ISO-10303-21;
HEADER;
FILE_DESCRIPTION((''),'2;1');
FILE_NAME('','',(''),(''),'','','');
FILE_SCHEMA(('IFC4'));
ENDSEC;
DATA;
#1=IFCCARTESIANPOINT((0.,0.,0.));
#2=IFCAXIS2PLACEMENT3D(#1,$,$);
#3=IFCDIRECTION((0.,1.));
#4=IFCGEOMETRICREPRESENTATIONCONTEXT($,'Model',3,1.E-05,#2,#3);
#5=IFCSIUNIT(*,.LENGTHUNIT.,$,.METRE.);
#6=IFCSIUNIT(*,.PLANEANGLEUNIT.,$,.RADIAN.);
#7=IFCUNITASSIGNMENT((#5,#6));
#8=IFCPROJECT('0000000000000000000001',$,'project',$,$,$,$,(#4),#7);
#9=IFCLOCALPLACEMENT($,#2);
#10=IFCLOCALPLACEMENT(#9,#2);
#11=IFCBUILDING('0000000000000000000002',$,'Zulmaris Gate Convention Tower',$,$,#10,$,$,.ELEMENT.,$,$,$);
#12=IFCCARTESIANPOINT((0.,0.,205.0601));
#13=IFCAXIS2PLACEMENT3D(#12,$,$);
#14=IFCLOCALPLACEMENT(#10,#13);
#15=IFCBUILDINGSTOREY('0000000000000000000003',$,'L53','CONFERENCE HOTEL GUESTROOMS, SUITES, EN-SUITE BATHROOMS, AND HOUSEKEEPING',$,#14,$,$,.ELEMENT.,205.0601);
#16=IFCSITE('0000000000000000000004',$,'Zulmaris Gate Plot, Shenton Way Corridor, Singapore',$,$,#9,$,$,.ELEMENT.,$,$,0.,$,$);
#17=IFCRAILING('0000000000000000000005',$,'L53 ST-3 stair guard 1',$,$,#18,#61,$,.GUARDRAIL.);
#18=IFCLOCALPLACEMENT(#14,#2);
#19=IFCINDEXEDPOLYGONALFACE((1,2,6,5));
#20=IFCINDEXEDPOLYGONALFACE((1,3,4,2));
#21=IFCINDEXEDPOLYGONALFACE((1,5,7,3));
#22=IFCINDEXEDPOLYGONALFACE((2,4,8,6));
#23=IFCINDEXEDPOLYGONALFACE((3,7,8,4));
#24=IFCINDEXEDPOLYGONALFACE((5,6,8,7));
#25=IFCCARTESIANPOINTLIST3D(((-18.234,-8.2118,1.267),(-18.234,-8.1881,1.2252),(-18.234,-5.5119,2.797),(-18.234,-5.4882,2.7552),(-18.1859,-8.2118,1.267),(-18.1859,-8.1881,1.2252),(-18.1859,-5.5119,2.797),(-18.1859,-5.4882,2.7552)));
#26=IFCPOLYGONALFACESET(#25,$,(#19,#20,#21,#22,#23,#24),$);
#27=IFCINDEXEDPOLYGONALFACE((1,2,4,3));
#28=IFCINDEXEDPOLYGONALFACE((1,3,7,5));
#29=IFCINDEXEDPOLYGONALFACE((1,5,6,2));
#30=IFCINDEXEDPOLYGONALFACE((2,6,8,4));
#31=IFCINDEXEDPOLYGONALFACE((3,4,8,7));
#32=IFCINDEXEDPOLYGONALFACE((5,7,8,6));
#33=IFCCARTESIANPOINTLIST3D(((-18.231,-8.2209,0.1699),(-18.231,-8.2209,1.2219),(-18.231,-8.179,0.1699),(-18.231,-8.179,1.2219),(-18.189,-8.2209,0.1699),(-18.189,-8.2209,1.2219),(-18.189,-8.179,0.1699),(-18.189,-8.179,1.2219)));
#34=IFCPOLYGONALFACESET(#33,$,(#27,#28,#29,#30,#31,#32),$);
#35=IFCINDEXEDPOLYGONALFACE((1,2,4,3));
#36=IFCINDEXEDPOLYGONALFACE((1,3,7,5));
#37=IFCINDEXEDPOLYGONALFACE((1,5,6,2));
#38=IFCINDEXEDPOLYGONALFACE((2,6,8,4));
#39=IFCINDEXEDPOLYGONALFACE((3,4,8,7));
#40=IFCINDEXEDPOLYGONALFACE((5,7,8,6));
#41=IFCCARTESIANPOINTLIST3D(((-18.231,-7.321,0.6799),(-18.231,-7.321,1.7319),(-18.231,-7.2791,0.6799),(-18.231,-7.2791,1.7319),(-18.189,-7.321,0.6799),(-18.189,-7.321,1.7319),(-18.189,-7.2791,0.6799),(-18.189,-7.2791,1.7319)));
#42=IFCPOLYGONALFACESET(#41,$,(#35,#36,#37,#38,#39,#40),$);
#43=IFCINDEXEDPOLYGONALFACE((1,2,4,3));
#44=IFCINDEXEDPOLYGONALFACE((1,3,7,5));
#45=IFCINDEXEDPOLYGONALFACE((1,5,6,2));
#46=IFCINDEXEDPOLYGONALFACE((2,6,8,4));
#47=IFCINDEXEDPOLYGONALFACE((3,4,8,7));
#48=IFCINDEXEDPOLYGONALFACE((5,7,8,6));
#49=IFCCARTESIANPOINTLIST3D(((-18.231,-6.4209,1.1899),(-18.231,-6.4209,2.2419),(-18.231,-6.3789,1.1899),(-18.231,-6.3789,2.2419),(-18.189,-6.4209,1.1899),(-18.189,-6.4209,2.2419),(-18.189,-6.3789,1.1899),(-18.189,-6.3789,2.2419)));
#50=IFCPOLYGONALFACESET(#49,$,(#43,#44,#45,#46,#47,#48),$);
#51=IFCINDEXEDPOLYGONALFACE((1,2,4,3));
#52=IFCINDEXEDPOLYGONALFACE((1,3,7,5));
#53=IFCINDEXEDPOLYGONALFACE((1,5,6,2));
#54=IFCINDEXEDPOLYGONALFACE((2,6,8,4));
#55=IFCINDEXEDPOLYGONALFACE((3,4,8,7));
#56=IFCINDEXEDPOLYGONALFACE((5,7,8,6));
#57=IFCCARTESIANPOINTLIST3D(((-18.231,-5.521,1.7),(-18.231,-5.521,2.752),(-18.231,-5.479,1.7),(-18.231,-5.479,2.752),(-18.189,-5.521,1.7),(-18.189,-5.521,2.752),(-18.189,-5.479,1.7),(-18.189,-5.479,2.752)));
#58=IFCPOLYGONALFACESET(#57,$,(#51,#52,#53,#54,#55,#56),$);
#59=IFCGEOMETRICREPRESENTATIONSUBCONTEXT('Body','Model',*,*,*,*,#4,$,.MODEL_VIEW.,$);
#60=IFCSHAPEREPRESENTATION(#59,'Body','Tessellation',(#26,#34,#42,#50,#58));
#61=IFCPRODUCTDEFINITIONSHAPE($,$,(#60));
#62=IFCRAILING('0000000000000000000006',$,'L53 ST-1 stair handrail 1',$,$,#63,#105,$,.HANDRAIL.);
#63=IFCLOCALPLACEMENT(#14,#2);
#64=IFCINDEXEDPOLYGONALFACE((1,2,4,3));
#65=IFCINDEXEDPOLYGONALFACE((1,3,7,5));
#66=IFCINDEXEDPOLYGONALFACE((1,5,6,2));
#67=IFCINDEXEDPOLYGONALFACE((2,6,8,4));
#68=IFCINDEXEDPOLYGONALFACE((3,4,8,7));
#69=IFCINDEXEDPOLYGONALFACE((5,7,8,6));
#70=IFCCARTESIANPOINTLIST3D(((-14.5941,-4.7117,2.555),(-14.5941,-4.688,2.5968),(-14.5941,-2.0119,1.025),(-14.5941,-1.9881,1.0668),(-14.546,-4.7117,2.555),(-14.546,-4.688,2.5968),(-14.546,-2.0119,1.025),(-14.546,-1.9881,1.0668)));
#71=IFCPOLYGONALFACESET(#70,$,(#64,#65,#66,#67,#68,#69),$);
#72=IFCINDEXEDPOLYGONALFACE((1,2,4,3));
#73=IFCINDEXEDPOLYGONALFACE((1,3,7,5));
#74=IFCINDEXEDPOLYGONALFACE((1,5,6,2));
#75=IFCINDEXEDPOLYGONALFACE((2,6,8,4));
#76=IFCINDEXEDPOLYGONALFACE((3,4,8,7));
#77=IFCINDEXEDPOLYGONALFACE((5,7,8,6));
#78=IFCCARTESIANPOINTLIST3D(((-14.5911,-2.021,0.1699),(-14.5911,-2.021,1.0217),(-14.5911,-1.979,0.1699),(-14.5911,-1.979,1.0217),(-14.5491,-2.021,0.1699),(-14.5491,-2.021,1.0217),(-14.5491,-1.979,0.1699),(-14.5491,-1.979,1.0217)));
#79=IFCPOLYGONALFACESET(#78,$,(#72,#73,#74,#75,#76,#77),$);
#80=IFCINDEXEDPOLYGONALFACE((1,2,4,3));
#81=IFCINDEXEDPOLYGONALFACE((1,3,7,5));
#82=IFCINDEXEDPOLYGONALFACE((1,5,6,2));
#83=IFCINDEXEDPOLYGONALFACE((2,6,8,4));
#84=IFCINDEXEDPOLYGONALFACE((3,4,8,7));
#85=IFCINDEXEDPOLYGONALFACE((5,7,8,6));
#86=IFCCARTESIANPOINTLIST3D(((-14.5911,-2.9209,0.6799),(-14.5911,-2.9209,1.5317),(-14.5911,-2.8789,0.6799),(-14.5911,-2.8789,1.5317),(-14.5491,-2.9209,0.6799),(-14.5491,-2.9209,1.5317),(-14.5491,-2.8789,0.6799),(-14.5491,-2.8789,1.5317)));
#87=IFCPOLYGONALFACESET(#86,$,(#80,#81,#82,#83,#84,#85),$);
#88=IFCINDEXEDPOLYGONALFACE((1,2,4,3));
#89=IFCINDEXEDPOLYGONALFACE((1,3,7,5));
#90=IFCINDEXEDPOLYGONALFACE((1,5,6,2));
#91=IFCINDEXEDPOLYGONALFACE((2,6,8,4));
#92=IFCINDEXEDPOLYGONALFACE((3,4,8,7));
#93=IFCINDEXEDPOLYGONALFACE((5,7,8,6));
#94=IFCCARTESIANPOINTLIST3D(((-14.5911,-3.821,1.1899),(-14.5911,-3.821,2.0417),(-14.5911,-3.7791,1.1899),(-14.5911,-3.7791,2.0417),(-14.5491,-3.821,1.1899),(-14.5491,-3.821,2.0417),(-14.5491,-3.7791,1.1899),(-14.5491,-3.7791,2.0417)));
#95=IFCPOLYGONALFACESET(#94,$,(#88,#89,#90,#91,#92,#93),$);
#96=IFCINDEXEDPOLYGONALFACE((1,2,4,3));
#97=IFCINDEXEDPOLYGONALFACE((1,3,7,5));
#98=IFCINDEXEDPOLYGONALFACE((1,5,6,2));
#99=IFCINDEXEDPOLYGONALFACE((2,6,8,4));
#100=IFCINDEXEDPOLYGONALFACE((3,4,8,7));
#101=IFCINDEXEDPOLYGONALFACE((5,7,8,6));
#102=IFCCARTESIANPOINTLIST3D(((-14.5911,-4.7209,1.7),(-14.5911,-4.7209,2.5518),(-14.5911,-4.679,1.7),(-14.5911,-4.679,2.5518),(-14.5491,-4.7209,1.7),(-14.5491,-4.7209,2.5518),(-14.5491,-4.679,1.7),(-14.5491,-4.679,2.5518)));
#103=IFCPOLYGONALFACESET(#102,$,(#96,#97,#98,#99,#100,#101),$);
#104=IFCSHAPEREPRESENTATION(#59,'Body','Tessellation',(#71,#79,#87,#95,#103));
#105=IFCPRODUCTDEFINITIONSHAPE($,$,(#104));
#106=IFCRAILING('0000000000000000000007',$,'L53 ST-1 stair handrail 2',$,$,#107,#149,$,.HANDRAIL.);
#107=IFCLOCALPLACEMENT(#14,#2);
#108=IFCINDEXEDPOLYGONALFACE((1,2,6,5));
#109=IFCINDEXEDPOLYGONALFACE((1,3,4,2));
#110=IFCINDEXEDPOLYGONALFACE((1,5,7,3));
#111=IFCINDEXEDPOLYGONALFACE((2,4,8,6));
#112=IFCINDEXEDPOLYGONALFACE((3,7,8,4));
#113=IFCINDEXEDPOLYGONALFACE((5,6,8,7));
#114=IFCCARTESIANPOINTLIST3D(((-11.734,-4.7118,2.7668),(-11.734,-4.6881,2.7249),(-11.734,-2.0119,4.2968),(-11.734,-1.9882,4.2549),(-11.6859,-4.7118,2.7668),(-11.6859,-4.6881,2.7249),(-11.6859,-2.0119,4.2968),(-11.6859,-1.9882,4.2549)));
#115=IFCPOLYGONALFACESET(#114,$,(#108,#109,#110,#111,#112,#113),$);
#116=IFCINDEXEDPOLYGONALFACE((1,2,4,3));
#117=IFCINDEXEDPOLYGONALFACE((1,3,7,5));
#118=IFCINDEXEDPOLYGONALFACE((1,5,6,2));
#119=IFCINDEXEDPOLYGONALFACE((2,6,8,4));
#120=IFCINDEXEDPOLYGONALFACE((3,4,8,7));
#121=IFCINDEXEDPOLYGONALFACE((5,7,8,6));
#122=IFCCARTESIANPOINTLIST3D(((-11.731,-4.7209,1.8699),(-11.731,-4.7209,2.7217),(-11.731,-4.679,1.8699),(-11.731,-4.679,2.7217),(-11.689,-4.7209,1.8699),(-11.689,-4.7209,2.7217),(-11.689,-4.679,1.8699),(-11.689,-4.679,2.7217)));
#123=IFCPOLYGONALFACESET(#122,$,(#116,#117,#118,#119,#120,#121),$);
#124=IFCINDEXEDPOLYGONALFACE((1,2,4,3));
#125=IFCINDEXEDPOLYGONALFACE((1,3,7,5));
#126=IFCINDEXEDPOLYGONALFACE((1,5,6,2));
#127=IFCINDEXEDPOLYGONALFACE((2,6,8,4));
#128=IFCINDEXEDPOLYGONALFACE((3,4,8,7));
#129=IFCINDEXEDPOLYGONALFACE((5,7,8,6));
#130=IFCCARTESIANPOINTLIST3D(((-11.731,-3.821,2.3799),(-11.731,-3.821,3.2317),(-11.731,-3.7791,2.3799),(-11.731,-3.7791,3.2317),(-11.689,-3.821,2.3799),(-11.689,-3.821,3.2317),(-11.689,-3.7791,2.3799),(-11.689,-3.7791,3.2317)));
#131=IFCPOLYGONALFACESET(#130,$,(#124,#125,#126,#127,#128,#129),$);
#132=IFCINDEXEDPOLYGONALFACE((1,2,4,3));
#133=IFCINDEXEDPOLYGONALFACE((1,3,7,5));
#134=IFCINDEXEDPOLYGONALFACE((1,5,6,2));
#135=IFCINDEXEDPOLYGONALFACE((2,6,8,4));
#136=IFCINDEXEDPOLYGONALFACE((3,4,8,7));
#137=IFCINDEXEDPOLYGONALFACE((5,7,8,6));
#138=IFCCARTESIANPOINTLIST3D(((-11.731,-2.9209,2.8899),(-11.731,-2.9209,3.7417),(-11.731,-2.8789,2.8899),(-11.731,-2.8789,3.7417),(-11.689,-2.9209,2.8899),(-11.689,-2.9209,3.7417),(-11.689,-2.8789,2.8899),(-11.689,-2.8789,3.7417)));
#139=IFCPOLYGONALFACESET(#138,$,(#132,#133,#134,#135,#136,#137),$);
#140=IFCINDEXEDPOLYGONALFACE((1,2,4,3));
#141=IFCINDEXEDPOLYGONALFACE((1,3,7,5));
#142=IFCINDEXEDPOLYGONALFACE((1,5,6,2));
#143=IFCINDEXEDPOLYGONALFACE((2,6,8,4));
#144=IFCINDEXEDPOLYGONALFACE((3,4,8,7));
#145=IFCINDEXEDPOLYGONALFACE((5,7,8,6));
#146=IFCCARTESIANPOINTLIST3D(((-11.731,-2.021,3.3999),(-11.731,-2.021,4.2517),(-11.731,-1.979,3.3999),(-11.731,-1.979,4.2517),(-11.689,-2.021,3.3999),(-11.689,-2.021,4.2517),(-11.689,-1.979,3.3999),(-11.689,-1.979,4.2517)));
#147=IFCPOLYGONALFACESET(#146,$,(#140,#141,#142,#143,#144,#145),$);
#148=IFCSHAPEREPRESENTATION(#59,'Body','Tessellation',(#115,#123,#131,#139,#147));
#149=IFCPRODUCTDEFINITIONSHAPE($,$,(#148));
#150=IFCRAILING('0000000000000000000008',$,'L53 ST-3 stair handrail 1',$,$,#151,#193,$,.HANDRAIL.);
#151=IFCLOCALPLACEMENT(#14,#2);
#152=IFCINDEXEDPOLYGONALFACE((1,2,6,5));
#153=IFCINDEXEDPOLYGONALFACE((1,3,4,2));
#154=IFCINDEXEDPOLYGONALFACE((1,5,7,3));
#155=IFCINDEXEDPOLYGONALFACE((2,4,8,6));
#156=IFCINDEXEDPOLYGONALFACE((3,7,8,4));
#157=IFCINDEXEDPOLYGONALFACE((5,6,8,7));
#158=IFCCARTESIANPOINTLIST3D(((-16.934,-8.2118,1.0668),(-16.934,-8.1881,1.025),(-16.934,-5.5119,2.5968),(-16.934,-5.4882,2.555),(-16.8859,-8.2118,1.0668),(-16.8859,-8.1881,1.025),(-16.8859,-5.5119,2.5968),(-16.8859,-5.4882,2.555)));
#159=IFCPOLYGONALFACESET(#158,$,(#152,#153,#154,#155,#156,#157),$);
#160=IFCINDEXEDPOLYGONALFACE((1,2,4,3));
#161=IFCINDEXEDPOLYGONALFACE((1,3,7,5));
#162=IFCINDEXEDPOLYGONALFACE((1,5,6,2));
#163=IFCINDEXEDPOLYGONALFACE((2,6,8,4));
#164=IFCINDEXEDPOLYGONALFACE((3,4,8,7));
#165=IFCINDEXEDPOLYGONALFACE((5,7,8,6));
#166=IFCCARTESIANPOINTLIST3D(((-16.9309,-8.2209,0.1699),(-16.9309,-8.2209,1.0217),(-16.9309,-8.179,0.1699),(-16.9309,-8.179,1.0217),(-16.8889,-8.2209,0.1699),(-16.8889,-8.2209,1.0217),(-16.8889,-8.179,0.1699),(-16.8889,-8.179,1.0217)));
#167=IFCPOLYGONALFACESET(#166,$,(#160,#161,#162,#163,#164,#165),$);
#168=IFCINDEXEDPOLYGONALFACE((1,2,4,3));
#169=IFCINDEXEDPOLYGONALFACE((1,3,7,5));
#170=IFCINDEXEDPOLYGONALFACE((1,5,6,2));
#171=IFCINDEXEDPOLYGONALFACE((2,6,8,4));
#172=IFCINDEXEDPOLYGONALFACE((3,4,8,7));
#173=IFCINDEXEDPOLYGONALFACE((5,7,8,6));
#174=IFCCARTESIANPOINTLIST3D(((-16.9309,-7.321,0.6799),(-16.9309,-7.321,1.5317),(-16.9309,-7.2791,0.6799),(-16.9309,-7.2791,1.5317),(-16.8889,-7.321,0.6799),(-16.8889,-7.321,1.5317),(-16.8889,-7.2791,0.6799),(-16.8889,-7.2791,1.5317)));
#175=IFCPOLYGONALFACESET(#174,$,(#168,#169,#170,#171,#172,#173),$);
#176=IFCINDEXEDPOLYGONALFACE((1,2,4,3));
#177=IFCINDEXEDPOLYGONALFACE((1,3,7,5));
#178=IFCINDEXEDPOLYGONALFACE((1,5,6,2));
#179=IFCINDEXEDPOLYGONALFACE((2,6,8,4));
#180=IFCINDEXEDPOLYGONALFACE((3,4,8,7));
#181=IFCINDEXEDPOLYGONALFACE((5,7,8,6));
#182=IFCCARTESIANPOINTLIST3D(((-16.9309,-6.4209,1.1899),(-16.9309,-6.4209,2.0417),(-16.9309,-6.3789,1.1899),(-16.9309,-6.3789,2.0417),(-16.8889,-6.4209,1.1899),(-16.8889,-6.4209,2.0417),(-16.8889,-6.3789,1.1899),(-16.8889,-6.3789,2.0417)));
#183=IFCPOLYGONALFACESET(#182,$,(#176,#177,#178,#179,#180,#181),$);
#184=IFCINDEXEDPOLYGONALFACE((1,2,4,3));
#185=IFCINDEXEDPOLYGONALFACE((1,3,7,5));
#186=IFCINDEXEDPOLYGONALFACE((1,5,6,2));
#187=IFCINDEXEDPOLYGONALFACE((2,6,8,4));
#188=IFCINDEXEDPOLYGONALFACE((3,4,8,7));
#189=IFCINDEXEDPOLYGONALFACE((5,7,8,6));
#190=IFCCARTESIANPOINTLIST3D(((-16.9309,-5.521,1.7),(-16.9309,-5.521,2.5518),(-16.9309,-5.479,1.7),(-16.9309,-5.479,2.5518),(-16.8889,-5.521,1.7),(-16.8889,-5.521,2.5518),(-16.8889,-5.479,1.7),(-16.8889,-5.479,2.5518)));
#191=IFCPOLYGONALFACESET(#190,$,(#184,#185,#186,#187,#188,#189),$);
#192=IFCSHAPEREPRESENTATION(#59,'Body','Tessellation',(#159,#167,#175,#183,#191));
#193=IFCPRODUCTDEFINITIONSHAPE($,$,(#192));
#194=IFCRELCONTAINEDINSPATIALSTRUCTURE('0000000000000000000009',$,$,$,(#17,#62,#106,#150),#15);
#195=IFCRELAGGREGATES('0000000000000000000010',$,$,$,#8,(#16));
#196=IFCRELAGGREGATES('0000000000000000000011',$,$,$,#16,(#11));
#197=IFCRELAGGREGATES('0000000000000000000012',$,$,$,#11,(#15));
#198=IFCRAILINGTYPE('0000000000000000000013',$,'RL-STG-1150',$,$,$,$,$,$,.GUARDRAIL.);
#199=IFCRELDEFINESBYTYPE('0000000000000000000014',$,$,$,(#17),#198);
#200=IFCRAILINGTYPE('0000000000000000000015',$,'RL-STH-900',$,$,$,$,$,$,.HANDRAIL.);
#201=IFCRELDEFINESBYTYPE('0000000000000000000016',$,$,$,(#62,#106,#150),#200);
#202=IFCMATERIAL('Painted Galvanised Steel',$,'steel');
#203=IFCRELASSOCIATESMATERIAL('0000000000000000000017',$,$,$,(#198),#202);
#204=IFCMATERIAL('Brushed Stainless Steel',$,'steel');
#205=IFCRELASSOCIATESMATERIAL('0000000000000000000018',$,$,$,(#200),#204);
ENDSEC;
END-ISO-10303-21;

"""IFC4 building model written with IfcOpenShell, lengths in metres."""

from ifc_helpers import new_model, si_unit, direction, frame, origin, origin_2d, place, context, subcontext, project, spatial, rectangle, extrude, material, type_object, element, save


model = new_model("IFC4")

# Units and contexts
model_context = context("Model", 3, precision=1e-05, world=origin(), true_north=direction((0.0, 1.0)))
body_context = subcontext(model_context, "Body", "Model", "MODEL_VIEW")
ifc_project = project(units=[si_unit("LENGTHUNIT", "METRE"), si_unit("PLANEANGLEUNIT", "RADIAN")], contexts=[model_context])

# Site, building, storey
site_placement = place(None, origin())
site = spatial("IfcSite", under=ifc_project, at=site_placement, Name="Zulmaris Gate Plot, Shenton Way Corridor, Singapore", CompositionType="ELEMENT", RefElevation=0.0)
building_placement = place(site_placement, origin())
building = spatial("IfcBuilding", under=site, at=building_placement, Name="Zulmaris Gate Convention Tower", CompositionType="ELEMENT")
storey_placement = place(building_placement, frame((0.0, 0.0, 205.0601)))
storey = spatial("IfcBuildingStorey", under=building, at=storey_placement, Name="L53", Description="CONFERENCE HOTEL GUESTROOMS, SUITES, EN-SUITE BATHROOMS, AND HOUSEKEEPING", CompositionType="ELEMENT", Elevation=205.0601)

# Shared definitions
ifc_material_1 = material(Name="Brushed Stainless Steel", Category="steel")

# Railings
ifc_material_2 = material(Name="Painted Galvanised Steel", Category="steel")
railing_type_1 = type_object("IfcRailingType", Name="RL-STG-1150", PredefinedType="GUARDRAIL", material=ifc_material_2)
railing_1_placement = place(storey_placement, frame((-18.21, -8.2, 0.1699)))
element("IfcRailing", 1, at=railing_1_placement, inside=storey, type_object=railing_type_1, Name="L53 ST-3 stair guard 1", PredefinedType="GUARDRAIL", context=body_context, shape_type="SweptSolid", body=[
    extrude(rectangle(XDim=0.0481, YDim=0.0481, at=origin_2d()), frame((0.0, 0.0, 1.0762), z_axis=(0.0, 0.870014, 0.493026), x_axis=(-1.0, 0.0, 0.0)), (0.0, 0.0, 1.0), 3.1033),
    extrude(rectangle(XDim=0.042, YDim=0.042, at=origin_2d()), origin(), (0.0, 0.0, 1.0), 1.052),
    extrude(rectangle(XDim=0.042, YDim=0.042, at=origin_2d()), frame((0.0, 0.8999, 0.51)), (0.0, 0.0, 1.0), 1.052),
    extrude(rectangle(XDim=0.042, YDim=0.042, at=origin_2d()), frame((0.0, 1.8, 1.02)), (0.0, 0.0, 1.0), 1.052),
    extrude(rectangle(XDim=0.042, YDim=0.042, at=origin_2d()), frame((0.0, 2.7, 1.53)), (0.0, 0.0, 1.0), 1.052),
])
railing_type_2 = type_object("IfcRailingType", Name="RL-STH-900", PredefinedType="HANDRAIL", material=ifc_material_1)
railing_2_placement = place(storey_placement, frame((-14.5701, -2.0, 0.1699)))
element("IfcRailing", 2, at=railing_2_placement, inside=storey, type_object=railing_type_2, Name="L53 ST-1 stair handrail 1", PredefinedType="HANDRAIL", context=body_context, shape_type="SweptSolid", body=[
    extrude(rectangle(XDim=0.0481, YDim=0.0481, at=origin_2d()), frame((0.0, 0.0, 0.876), z_axis=(0.0, -0.870014, 0.493026), x_axis=(1.0, 0.0, 0.0)), (0.0, 0.0, 1.0), 3.1033),
    extrude(rectangle(XDim=0.042, YDim=0.042, at=origin_2d()), origin(), (0.0, 0.0, 1.0), 0.8518),
    extrude(rectangle(XDim=0.042, YDim=0.042, at=origin_2d()), frame((0.0, -0.8999, 0.51)), (0.0, 0.0, 1.0), 0.8518),
    extrude(rectangle(XDim=0.042, YDim=0.042, at=origin_2d()), frame((0.0, -1.8, 1.02)), (0.0, 0.0, 1.0), 0.8518),
    extrude(rectangle(XDim=0.042, YDim=0.042, at=origin_2d()), frame((0.0, -2.7, 1.53)), (0.0, 0.0, 1.0), 0.8518),
])
for number, where, name in (
    (3, (-11.71, -4.7, 1.8699), "L53 ST-1 stair handrail 2"),
    (4, (-16.9099, -8.2, 0.1699), "L53 ST-3 stair handrail 1"),
):
    element("IfcRailing", number, at=place(storey_placement, frame(where)), inside=storey, type_object=railing_type_2, Name=name, PredefinedType="HANDRAIL", context=body_context, shape_type="SweptSolid", body=[
        extrude(rectangle(XDim=0.0481, YDim=0.0481, at=origin_2d()), frame((0.0, 0.0, 0.876), z_axis=(0.0, 0.870014, 0.493026), x_axis=(-1.0, 0.0, 0.0)), (0.0, 0.0, 1.0), 3.1033),
        extrude(rectangle(XDim=0.042, YDim=0.042, at=origin_2d()), origin(), (0.0, 0.0, 1.0), 0.8518),
        extrude(rectangle(XDim=0.042, YDim=0.042, at=origin_2d()), frame((0.0, 0.8999, 0.51)), (0.0, 0.0, 1.0), 0.8518),
        extrude(rectangle(XDim=0.042, YDim=0.042, at=origin_2d()), frame((0.0, 1.8, 1.02)), (0.0, 0.0, 1.0), 0.8518),
        extrude(rectangle(XDim=0.042, YDim=0.042, at=origin_2d()), frame((0.0, 2.7, 1.53)), (0.0, 0.0, 1.0), 0.8518),
    ])

save(model, "model.ifc")
